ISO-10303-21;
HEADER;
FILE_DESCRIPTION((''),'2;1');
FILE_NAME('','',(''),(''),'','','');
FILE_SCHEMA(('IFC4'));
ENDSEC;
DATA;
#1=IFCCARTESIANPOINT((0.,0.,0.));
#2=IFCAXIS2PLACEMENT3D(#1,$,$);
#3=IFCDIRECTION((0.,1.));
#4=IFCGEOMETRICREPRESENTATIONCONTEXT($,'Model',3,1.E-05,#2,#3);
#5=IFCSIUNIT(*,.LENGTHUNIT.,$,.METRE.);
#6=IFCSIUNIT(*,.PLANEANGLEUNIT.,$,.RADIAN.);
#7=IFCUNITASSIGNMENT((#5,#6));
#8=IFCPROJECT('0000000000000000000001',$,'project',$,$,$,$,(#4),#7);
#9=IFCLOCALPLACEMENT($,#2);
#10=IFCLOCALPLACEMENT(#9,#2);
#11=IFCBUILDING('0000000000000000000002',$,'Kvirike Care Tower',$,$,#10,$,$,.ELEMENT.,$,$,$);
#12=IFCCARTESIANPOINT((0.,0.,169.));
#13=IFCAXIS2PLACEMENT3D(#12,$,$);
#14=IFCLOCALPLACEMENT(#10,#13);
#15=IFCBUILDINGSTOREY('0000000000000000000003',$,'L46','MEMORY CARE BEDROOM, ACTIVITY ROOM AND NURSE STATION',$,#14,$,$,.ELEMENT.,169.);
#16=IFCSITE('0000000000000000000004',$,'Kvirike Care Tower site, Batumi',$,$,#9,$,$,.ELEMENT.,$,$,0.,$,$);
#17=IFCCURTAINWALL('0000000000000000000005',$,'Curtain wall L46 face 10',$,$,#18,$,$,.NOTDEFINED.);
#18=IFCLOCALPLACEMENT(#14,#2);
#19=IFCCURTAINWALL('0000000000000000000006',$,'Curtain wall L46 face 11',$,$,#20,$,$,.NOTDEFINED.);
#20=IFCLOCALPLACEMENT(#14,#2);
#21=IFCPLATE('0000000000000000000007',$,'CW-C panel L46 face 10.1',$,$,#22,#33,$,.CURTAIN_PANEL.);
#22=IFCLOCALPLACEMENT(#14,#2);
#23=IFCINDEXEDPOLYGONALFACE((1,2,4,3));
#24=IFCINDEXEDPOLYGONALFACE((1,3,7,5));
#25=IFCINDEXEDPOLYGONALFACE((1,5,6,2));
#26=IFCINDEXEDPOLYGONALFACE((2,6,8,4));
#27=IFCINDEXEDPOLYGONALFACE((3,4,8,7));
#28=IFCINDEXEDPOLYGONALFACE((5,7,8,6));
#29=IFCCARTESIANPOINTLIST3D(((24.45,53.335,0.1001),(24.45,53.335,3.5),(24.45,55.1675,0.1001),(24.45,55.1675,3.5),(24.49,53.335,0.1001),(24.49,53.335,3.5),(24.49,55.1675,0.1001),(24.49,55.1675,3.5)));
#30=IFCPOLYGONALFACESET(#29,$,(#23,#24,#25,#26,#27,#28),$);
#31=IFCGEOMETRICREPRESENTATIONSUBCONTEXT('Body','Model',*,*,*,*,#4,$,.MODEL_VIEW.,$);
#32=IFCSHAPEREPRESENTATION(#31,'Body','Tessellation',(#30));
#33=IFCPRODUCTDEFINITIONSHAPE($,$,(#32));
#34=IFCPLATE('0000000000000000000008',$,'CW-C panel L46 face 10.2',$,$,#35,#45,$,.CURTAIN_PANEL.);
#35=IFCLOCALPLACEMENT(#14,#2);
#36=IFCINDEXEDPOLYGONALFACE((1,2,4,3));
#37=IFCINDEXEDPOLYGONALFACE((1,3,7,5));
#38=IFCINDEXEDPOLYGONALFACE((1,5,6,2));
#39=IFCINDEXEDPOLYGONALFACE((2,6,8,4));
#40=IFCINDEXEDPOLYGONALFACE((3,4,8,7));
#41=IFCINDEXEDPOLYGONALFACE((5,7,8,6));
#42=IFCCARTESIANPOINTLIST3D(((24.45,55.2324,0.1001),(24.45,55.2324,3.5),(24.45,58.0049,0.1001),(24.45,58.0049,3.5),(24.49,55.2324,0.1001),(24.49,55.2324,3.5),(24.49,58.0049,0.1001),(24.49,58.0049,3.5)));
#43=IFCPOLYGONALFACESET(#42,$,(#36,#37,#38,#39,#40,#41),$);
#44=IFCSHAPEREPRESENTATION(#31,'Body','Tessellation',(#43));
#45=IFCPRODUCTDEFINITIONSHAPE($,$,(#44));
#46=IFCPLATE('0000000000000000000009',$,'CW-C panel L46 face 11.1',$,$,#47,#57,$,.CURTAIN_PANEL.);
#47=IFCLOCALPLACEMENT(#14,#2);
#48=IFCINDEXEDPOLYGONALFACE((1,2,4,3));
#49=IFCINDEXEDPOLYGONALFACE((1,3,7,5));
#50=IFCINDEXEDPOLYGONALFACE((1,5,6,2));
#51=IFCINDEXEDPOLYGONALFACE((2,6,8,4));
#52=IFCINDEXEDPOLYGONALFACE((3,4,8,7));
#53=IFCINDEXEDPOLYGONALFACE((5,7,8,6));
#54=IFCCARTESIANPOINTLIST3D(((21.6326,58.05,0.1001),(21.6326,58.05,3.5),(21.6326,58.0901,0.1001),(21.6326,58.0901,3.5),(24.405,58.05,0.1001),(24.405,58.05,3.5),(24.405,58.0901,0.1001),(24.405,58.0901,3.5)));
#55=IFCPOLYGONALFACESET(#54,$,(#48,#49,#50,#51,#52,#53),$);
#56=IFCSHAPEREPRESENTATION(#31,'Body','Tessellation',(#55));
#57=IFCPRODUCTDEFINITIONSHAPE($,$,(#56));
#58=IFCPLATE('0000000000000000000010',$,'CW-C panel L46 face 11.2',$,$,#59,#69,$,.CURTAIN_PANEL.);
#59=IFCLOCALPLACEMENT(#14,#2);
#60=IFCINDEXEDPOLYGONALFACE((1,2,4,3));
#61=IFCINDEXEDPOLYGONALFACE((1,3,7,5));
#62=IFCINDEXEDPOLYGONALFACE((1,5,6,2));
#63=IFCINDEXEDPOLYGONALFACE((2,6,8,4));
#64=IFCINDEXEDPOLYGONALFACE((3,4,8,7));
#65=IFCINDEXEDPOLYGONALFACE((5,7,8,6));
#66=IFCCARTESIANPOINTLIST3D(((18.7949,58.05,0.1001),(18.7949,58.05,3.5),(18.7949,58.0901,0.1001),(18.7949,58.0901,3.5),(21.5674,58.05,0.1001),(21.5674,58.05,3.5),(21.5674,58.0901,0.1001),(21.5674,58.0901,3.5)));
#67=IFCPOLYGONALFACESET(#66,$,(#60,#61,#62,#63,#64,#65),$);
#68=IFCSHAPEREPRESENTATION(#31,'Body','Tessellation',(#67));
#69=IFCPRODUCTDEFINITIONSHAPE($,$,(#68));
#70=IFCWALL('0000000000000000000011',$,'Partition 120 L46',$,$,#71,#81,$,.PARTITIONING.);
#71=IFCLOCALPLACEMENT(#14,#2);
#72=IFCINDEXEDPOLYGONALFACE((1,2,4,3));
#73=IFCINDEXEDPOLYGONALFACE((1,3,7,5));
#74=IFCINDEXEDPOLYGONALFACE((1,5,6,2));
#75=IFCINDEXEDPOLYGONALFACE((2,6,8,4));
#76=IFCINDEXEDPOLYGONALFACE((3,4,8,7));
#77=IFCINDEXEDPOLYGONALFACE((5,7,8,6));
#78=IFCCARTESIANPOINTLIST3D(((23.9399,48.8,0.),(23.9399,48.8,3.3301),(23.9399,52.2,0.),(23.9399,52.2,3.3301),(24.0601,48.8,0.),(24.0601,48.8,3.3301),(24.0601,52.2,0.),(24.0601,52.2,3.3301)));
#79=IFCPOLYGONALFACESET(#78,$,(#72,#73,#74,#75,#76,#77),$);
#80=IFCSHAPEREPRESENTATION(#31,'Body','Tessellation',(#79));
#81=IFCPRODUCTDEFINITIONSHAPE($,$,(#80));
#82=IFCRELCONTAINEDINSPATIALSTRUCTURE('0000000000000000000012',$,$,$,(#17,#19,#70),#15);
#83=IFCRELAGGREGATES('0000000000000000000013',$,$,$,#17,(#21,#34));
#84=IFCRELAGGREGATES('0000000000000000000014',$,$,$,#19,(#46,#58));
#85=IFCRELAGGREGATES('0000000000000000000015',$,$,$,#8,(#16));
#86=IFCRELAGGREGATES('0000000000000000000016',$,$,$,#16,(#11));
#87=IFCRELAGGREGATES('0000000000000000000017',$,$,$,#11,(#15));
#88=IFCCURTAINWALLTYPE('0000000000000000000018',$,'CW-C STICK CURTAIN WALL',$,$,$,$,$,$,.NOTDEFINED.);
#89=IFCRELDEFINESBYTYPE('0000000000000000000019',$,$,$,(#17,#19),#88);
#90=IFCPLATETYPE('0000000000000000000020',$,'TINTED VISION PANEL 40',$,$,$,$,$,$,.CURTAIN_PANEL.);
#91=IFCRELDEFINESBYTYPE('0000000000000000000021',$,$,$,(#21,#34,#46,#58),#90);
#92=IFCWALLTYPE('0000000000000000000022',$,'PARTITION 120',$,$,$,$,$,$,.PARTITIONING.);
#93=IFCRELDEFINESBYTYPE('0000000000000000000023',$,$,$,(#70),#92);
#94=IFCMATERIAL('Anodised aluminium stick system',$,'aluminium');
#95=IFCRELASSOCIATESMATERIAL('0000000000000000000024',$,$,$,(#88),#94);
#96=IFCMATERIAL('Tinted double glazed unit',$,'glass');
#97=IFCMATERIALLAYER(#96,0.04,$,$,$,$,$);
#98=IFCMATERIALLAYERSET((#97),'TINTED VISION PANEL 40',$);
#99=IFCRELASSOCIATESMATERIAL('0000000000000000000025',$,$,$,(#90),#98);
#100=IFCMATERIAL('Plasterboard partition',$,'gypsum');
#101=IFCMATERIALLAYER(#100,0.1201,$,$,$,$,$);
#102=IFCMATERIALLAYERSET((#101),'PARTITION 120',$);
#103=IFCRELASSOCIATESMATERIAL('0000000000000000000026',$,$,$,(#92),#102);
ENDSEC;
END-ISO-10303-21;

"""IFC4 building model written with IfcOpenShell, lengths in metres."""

from ifc_helpers import new_model, si_unit, direction, frame, frame_2d, origin, origin_2d, place, context, subcontext, project, spatial, rectangle, extrude, material, layer, layer_set, type_object, element, aggregate, save


model = new_model("IFC4")

# Units and contexts
model_context = context("Model", 3, precision=1e-05, world=origin(), true_north=direction((0.0, 1.0)))
body_context = subcontext(model_context, "Body", "Model", "MODEL_VIEW")
ifc_project = project(units=[si_unit("LENGTHUNIT", "METRE"), si_unit("PLANEANGLEUNIT", "RADIAN")], contexts=[model_context])

# Site, building, storey
site_placement = place(None, origin())
site = spatial("IfcSite", under=ifc_project, at=site_placement, Name="Kvirike Care Tower site, Batumi", CompositionType="ELEMENT", RefElevation=0.0)
building_placement = place(site_placement, origin())
building = spatial("IfcBuilding", under=site, at=building_placement, Name="Kvirike Care Tower", CompositionType="ELEMENT")
storey_placement = place(building_placement, frame((0.0, 0.0, 169.0)))
storey = spatial("IfcBuildingStorey", under=building, at=storey_placement, Name="L46", Description="MEMORY CARE BEDROOM, ACTIVITY ROOM AND NURSE STATION", CompositionType="ELEMENT", Elevation=169.0)

# Curtain wall
ifc_material_1 = material(Name="Anodised aluminium stick system", Category="aluminium")
curtain_wall_type = type_object("IfcCurtainWallType", Name="CW-C STICK CURTAIN WALL", PredefinedType="NOTDEFINED", material=ifc_material_1)
curtain_wall_1_placement = place(storey_placement, origin())
curtain_wall_1 = element("IfcCurtainWall", 1, at=curtain_wall_1_placement, inside=storey, type_object=curtain_wall_type, Name="Curtain wall L46 face 10", PredefinedType="NOTDEFINED")

# Curtain wall
curtain_wall_2_placement = place(storey_placement, origin())
curtain_wall_2 = element("IfcCurtainWall", 2, at=curtain_wall_2_placement, inside=storey, type_object=curtain_wall_type, Name="Curtain wall L46 face 11", PredefinedType="NOTDEFINED")

# Plates
ifc_material_2 = material(Name="Tinted double glazed unit", Category="glass")
ifc_layer_1 = layer(ifc_material_2, 0.04)
ifc_layer_set_1 = layer_set([ifc_layer_1], Name="TINTED VISION PANEL 40")
plate_type = type_object("IfcPlateType", Name="TINTED VISION PANEL 40", PredefinedType="CURTAIN_PANEL", material=ifc_layer_set_1)
plate_1_placement = place(storey_placement, frame((24.47, 54.2512, 0.1001), z_axis=(0.0, 0.0, 1.0), x_axis=(0.0, 1.0, 0.0)))
plate_1 = element("IfcPlate", 3, at=plate_1_placement, type_object=plate_type, Name="CW-C panel L46 face 10.1", PredefinedType="CURTAIN_PANEL", context=body_context, shape_type="SweptSolid", body=[
    extrude(rectangle(XDim=1.8325, YDim=0.04, at=origin_2d()), origin(), (0.0, 0.0, 1.0), 3.3999),
])
plate_2_placement = place(storey_placement, frame((24.47, 56.6187, 0.1001), z_axis=(0.0, 0.0, 1.0), x_axis=(0.0, 1.0, 0.0)))
plate_2 = element("IfcPlate", 4, at=plate_2_placement, type_object=plate_type, Name="CW-C panel L46 face 10.2", PredefinedType="CURTAIN_PANEL", context=body_context, shape_type="SweptSolid", body=[
    extrude(rectangle(XDim=2.7725, YDim=0.04, at=origin_2d()), origin(), (0.0, 0.0, 1.0), 3.3999),
])
aggregate(curtain_wall_1, [plate_1, plate_2])
plate_3_placement = place(storey_placement, frame((23.0188, 58.0701, 0.1001), z_axis=(0.0, 0.0, 1.0), x_axis=(-1.0, 0.0, 0.0)))
plate_3 = element("IfcPlate", 5, at=plate_3_placement, type_object=plate_type, Name="CW-C panel L46 face 11.1", PredefinedType="CURTAIN_PANEL", context=body_context, shape_type="SweptSolid", body=[
    extrude(rectangle(XDim=2.7725, YDim=0.04, at=origin_2d()), origin(), (0.0, 0.0, 1.0), 3.3999),
])
plate_4_placement = place(storey_placement, frame((20.1812, 58.0701, 0.1001), z_axis=(0.0, 0.0, 1.0), x_axis=(-1.0, 0.0, 0.0)))
plate_4 = element("IfcPlate", 6, at=plate_4_placement, type_object=plate_type, Name="CW-C panel L46 face 11.2", PredefinedType="CURTAIN_PANEL", context=body_context, shape_type="SweptSolid", body=[
    extrude(rectangle(XDim=2.7725, YDim=0.04, at=origin_2d()), origin(), (0.0, 0.0, 1.0), 3.3999),
])
aggregate(curtain_wall_2, [plate_3, plate_4])

# Wall
ifc_material_3 = material(Name="Plasterboard partition", Category="gypsum")
ifc_layer_2 = layer(ifc_material_3, 0.1201)
ifc_layer_set_2 = layer_set([ifc_layer_2], Name="PARTITION 120")
wall_type = type_object("IfcWallType", Name="PARTITION 120", PredefinedType="PARTITIONING", material=ifc_layer_set_2)
wall_placement = place(storey_placement, frame((24.0, 52.2, 0.0), z_axis=(0.0, 0.0, 1.0), x_axis=(0.0, -1.0, 0.0)))
element("IfcWall", 7, at=wall_placement, inside=storey, type_object=wall_type, Name="Partition 120 L46", PredefinedType="PARTITIONING", context=body_context, shape_type="SweptSolid", body=[
    extrude(rectangle(XDim=3.3999, YDim=0.1201, at=frame_2d((1.7, 0.0))), origin(), (0.0, 0.0, 1.0), 3.3301),
])

save(model, "model.ifc")
